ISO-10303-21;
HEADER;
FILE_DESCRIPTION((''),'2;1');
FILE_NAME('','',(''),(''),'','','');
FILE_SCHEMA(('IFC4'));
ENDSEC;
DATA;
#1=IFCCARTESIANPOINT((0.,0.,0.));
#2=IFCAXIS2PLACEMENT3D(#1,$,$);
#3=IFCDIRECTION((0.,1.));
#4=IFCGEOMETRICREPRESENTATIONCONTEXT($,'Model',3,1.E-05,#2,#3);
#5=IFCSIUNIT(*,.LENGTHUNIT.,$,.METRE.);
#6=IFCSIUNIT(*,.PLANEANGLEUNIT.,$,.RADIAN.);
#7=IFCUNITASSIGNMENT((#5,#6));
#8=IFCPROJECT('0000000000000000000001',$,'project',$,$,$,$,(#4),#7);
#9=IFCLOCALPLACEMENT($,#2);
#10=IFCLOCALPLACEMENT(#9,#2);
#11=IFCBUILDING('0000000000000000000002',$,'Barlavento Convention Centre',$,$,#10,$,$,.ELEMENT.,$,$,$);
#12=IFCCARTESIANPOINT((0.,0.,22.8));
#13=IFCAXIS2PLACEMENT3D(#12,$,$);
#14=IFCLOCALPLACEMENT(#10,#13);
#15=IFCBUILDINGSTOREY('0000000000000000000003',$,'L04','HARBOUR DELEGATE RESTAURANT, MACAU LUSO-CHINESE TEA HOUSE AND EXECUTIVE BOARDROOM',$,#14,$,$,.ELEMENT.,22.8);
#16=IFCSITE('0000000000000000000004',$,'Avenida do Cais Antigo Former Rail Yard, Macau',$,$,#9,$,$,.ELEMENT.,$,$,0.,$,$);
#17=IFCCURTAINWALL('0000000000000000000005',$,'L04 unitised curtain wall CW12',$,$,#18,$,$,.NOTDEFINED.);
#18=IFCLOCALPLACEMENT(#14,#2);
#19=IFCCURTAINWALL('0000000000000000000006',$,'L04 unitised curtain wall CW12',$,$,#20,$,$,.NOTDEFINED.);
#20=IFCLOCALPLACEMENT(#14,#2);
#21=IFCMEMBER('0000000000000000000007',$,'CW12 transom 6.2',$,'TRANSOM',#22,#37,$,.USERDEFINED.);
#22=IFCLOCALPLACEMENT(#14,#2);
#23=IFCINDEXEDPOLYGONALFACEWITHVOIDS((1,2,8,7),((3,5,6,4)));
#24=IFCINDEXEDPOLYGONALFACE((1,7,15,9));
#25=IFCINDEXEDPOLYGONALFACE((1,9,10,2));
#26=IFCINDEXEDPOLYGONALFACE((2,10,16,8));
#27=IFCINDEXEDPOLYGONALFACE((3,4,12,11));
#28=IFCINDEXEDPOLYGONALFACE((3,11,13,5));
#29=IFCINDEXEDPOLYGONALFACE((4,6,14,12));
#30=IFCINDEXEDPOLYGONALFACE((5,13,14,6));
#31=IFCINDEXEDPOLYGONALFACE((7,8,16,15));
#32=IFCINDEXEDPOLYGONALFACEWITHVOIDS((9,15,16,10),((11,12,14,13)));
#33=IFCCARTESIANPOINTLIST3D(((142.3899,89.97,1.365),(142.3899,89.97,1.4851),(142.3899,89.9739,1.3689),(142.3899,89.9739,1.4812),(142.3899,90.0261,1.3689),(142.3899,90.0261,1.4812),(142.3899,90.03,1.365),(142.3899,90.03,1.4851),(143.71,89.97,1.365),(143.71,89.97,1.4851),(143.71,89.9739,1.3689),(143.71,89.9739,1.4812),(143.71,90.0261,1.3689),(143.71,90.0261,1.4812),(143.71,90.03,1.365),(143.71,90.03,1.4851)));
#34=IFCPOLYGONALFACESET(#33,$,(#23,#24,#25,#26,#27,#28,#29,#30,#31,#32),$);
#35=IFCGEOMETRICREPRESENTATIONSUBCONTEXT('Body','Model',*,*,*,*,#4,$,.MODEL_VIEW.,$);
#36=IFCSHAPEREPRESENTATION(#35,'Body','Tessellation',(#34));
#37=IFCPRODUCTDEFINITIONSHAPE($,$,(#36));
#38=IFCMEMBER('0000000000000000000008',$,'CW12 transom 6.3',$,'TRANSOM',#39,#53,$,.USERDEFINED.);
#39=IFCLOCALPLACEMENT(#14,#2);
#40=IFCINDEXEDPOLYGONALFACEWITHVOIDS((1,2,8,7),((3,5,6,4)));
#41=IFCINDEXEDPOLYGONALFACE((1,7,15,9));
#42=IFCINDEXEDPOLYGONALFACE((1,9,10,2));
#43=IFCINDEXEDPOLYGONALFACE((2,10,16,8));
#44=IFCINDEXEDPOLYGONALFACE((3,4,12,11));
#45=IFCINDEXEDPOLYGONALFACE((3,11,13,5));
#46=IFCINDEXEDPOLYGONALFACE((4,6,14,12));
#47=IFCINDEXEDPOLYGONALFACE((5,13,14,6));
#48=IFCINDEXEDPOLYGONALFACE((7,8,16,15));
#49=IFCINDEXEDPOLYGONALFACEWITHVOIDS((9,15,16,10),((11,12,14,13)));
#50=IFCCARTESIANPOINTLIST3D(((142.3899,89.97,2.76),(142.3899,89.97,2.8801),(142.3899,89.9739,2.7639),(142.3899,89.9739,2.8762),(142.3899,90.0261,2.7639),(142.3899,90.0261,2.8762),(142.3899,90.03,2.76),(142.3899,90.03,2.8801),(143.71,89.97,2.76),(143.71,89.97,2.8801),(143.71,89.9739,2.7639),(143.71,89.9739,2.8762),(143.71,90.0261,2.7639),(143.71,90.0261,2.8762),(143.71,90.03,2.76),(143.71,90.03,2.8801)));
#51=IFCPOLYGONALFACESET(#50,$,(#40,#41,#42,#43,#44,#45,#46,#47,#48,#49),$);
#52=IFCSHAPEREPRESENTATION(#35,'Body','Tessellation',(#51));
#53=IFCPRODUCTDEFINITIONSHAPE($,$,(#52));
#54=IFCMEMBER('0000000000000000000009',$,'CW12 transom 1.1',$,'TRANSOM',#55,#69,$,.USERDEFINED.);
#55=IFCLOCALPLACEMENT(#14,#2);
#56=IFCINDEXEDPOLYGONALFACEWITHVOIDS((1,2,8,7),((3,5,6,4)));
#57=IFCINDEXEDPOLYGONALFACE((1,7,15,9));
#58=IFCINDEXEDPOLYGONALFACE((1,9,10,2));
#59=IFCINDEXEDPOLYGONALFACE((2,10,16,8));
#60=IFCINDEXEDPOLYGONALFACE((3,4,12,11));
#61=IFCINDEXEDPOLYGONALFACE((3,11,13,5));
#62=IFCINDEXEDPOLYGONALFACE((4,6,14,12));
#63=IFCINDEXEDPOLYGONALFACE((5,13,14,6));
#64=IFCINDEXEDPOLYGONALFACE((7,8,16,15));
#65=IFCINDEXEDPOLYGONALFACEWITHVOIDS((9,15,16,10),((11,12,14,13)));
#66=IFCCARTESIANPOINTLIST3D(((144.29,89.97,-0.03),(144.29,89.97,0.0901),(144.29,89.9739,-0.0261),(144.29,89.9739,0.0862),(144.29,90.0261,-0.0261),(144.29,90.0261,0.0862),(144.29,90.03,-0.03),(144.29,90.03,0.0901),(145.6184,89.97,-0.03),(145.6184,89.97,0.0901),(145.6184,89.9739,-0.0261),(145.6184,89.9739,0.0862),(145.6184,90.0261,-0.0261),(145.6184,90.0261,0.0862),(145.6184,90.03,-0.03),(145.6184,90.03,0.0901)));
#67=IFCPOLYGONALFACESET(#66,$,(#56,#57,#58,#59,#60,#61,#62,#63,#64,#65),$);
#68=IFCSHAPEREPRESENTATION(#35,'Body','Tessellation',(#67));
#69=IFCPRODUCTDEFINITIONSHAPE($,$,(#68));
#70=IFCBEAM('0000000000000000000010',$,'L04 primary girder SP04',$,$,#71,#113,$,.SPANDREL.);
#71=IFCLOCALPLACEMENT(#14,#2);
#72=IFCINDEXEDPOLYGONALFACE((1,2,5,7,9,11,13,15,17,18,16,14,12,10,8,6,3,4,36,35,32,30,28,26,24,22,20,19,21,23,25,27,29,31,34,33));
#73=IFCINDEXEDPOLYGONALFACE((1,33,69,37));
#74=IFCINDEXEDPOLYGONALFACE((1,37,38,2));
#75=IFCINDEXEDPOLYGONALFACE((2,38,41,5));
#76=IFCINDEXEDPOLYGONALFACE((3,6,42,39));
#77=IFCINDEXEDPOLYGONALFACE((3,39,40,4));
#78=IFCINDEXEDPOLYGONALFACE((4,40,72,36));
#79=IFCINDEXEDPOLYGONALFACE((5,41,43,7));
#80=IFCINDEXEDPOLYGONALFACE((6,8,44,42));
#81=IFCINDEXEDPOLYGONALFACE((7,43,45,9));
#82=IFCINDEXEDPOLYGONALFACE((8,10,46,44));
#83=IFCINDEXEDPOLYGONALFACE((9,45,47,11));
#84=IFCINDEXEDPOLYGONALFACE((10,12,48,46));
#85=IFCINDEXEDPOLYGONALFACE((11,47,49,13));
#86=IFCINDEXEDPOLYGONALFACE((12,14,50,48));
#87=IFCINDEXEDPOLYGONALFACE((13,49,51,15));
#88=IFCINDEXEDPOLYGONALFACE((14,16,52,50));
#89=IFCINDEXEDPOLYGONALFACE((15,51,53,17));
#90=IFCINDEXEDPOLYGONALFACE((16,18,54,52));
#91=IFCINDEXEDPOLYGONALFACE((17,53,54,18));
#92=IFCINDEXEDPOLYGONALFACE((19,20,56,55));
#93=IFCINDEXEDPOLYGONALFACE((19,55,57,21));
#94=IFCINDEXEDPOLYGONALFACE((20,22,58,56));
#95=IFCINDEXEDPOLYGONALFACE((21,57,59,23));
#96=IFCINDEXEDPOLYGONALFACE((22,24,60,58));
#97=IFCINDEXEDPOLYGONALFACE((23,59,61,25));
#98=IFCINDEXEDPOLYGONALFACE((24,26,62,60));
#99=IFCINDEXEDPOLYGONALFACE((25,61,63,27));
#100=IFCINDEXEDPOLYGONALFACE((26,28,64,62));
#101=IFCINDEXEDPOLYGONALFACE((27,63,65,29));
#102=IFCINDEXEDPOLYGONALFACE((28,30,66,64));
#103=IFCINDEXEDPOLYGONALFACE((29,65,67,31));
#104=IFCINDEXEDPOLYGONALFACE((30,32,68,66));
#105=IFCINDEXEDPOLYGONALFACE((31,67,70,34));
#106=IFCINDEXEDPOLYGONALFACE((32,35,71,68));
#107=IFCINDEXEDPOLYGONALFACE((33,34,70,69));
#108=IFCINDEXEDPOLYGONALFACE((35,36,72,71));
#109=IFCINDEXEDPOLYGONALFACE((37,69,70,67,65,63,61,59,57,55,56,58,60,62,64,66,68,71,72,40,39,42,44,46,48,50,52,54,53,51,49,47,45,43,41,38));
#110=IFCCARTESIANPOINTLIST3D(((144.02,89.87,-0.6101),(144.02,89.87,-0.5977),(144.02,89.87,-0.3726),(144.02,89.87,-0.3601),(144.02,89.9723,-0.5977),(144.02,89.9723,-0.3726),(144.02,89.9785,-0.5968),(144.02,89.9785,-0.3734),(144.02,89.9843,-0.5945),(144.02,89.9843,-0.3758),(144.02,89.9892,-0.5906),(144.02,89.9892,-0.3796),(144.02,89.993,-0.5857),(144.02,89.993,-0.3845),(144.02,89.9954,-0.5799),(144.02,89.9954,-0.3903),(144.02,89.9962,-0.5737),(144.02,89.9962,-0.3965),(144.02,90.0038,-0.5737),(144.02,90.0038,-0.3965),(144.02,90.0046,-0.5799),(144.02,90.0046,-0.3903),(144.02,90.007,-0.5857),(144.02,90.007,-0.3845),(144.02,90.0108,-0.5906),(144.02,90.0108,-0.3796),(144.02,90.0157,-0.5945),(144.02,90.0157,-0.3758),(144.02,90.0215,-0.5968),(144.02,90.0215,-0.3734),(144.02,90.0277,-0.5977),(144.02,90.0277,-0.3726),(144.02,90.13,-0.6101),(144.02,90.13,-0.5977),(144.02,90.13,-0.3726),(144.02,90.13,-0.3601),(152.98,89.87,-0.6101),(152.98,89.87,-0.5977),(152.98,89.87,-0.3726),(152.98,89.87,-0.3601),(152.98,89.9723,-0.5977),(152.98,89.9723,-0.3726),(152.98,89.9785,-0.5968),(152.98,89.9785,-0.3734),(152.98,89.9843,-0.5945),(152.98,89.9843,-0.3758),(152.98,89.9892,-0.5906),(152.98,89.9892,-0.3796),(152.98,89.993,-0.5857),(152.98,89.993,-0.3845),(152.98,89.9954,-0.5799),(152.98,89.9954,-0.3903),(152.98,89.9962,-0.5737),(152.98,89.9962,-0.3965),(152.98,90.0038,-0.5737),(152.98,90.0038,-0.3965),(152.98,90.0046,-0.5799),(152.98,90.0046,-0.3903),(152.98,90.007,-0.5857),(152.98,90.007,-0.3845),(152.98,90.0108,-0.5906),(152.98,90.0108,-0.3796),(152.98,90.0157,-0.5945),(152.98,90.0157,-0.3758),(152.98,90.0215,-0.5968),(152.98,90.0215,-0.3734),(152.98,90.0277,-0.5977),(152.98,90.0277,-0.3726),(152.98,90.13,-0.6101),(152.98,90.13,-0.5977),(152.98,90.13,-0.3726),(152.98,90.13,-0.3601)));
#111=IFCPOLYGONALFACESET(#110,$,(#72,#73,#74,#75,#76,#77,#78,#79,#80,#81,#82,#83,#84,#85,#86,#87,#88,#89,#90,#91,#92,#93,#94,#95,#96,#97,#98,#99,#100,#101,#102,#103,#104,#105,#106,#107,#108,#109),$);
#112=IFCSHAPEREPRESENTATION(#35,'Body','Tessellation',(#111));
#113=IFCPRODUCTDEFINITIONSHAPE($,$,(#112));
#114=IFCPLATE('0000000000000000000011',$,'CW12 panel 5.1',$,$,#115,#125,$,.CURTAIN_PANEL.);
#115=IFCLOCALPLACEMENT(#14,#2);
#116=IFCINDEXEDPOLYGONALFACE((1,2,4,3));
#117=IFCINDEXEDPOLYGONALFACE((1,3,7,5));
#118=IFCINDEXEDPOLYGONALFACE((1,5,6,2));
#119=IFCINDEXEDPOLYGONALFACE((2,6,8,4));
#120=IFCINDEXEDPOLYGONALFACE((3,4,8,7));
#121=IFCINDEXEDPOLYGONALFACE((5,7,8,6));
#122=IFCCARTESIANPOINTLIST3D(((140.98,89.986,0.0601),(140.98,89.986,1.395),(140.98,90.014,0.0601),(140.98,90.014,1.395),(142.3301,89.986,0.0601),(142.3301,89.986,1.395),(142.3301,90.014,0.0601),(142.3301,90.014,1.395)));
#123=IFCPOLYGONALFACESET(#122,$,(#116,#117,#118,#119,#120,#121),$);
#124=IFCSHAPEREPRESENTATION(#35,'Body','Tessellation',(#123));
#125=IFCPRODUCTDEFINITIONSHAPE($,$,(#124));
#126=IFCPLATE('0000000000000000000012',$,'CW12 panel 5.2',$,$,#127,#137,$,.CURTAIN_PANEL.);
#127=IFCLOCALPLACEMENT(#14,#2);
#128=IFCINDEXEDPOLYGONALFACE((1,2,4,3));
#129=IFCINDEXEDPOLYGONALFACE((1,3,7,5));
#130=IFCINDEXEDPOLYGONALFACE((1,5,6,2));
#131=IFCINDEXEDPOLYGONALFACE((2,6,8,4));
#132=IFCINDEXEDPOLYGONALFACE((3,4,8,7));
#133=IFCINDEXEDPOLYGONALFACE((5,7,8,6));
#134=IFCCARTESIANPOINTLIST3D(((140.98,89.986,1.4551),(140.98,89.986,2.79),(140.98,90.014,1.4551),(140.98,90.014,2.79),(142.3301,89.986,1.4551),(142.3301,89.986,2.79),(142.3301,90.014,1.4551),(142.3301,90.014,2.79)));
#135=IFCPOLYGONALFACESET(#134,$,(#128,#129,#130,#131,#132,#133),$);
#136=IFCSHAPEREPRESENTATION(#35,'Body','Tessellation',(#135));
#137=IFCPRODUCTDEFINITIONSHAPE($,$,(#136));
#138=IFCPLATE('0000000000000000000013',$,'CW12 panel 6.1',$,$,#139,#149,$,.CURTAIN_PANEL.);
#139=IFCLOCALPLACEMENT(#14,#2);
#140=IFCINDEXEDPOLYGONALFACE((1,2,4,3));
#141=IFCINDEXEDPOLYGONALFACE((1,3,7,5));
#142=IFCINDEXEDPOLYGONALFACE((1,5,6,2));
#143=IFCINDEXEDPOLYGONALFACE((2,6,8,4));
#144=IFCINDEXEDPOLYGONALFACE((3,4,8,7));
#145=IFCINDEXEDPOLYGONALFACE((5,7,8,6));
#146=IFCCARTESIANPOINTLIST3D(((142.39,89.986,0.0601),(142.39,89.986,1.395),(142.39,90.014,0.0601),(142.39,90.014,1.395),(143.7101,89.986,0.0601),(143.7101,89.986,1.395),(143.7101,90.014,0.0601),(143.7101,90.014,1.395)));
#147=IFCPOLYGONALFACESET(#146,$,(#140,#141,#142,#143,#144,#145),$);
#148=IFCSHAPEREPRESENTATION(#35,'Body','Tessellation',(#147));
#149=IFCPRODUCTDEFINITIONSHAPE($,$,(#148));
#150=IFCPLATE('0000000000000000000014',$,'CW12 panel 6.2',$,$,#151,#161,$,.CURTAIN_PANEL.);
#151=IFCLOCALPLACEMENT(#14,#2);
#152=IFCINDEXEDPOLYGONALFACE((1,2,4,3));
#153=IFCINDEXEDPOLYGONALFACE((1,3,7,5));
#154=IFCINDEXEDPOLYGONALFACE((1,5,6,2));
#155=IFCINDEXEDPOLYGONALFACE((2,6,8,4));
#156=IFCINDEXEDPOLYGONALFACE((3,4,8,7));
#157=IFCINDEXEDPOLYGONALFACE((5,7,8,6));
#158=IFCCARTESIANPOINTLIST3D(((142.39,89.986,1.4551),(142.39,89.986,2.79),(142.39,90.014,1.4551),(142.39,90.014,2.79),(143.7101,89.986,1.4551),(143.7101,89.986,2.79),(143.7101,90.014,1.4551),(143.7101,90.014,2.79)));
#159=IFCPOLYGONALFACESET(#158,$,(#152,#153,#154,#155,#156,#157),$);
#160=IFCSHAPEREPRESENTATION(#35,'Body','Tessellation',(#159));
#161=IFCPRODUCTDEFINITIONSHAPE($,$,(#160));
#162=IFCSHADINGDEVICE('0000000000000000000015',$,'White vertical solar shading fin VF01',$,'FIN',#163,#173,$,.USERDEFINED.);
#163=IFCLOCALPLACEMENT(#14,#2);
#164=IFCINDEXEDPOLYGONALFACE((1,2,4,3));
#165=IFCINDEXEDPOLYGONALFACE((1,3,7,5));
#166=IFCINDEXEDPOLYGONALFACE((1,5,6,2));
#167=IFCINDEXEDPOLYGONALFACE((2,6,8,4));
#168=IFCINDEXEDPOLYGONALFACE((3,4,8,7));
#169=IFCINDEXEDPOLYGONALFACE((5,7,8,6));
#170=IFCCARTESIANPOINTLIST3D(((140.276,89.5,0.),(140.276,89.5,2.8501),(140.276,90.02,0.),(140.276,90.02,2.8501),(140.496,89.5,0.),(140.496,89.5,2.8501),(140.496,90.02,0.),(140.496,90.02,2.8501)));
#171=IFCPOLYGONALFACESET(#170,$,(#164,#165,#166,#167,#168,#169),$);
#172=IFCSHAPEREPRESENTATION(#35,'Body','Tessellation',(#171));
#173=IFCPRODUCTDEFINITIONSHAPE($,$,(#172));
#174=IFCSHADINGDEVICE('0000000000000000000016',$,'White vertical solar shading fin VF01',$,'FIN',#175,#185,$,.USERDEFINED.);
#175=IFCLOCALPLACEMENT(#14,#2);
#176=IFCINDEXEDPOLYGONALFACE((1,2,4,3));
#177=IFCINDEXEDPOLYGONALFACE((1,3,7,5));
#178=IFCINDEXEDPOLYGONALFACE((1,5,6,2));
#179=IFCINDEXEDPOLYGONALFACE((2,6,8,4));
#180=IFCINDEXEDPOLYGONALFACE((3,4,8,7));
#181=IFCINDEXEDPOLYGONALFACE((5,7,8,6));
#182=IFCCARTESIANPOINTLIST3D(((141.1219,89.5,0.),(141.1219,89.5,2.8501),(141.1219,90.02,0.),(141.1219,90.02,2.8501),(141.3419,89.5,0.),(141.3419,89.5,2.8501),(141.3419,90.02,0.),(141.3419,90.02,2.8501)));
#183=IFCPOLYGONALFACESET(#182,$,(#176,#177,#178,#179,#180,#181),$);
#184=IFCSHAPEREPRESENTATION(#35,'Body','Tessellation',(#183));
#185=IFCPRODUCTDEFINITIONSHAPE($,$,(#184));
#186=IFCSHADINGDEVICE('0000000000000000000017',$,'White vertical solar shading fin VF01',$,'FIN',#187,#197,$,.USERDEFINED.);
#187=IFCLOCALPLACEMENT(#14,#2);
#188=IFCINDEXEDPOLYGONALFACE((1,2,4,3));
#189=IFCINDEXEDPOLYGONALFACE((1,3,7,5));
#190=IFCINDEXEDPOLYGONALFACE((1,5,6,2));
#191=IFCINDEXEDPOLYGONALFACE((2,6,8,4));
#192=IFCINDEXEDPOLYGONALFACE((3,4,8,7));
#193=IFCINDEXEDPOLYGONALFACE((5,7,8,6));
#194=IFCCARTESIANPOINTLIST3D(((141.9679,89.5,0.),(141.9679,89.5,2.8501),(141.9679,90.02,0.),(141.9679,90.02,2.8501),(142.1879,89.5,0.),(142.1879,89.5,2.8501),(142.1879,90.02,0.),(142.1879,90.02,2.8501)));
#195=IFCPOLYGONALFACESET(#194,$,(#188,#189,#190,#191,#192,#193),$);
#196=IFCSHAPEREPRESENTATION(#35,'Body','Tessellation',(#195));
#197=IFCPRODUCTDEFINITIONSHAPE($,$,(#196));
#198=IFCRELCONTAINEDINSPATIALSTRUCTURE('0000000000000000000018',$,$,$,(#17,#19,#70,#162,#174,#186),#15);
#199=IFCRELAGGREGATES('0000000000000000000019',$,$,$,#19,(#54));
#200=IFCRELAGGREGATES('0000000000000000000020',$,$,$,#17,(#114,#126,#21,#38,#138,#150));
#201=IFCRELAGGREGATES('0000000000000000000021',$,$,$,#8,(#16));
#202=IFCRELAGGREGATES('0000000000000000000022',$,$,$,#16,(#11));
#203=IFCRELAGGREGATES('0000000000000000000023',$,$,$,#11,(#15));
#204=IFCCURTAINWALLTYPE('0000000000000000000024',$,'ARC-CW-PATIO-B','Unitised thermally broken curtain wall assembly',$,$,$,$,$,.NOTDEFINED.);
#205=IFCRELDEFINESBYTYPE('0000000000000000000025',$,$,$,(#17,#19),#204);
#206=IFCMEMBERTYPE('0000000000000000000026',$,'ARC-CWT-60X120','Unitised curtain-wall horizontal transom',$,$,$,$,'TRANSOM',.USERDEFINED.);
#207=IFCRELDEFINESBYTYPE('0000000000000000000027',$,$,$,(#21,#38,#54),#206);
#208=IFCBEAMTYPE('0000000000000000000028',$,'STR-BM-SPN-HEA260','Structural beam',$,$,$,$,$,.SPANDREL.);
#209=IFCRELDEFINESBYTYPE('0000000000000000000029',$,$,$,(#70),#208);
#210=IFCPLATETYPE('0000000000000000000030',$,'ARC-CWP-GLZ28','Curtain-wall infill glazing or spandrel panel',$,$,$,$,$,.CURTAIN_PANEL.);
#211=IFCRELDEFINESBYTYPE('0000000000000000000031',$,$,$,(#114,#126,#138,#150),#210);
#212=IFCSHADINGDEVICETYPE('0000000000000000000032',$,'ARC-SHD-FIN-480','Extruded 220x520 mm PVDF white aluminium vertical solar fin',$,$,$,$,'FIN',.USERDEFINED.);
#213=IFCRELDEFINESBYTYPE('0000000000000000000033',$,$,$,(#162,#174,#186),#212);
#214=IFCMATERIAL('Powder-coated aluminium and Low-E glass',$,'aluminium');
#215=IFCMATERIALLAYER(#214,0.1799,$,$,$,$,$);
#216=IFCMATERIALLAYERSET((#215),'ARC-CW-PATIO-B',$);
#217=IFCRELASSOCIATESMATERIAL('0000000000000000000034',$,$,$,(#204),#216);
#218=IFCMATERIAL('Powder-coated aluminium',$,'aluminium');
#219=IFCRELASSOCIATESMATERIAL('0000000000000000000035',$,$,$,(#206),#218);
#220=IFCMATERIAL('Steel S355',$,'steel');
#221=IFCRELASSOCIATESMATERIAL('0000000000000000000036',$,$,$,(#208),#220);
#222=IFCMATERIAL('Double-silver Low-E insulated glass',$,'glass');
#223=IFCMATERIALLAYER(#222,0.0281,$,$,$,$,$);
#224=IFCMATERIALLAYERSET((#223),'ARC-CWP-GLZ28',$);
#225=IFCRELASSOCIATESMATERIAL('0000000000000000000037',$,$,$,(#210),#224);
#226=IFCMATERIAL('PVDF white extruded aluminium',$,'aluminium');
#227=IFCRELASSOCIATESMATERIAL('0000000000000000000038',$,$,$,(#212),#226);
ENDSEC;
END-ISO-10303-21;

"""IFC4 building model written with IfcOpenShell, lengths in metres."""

from ifc_helpers import new_model, si_unit, direction, frame, origin, origin_2d, place, context, subcontext, project, spatial, rectangle, hollow_rectangle, i_section, extrude, material, layer, layer_set, material_profile, profile_set, type_object, element, aggregate, save


model = new_model("IFC4")

# Units and contexts
model_context = context("Model", 3, precision=1e-05, world=origin(), true_north=direction((0.0, 1.0)))
body_context = subcontext(model_context, "Body", "Model", "MODEL_VIEW")
ifc_project = project(units=[si_unit("LENGTHUNIT", "METRE"), si_unit("PLANEANGLEUNIT", "RADIAN")], contexts=[model_context])

# Site, building, storey
site_placement = place(None, origin())
site = spatial("IfcSite", under=ifc_project, at=site_placement, Name="Avenida do Cais Antigo Former Rail Yard, Macau", CompositionType="ELEMENT", RefElevation=0.0)
building_placement = place(site_placement, origin())
building = spatial("IfcBuilding", under=site, at=building_placement, Name="Barlavento Convention Centre", CompositionType="ELEMENT")
storey_placement = place(building_placement, frame((0.0, 0.0, 22.8)))
storey = spatial("IfcBuildingStorey", under=building, at=storey_placement, Name="L04", Description="HARBOUR DELEGATE RESTAURANT, MACAU LUSO-CHINESE TEA HOUSE AND EXECUTIVE BOARDROOM", CompositionType="ELEMENT", Elevation=22.8)

# Shared definitions
ifc_material_1 = material(Name="Steel S355", Category="steel")

# Curtain wall
ifc_material_2 = material(Name="Powder-coated aluminium and Low-E glass", Category="aluminium")
ifc_layer_1 = layer(ifc_material_2, 0.1799)
ifc_layer_set_1 = layer_set([ifc_layer_1], Name="ARC-CW-PATIO-B")
curtain_wall_type = type_object("IfcCurtainWallType", Name="ARC-CW-PATIO-B", Description="Unitised thermally broken curtain wall assembly", PredefinedType="NOTDEFINED", material=ifc_layer_set_1)
curtain_wall_1_placement = place(storey_placement, origin())
curtain_wall_1 = element("IfcCurtainWall", 1, at=curtain_wall_1_placement, inside=storey, type_object=curtain_wall_type, Name="L04 unitised curtain wall CW12", PredefinedType="NOTDEFINED")
ifc_material_3 = material(Name="Powder-coated aluminium", Category="aluminium")

# Curtain wall
curtain_wall_2_placement = place(storey_placement, origin())
curtain_wall_2 = element("IfcCurtainWall", 2, at=curtain_wall_2_placement, inside=storey, type_object=curtain_wall_type, Name="L04 unitised curtain wall CW12", PredefinedType="NOTDEFINED")

# Members
ifc_material_profile_1 = material_profile(ifc_material_3, hollow_rectangle(XDim=0.0601, YDim=0.1201, WallThickness=0.0039, at=origin_2d()), Name="AL-TRAN 60x120x4")
ifc_profile_set_1 = profile_set([ifc_material_profile_1], Name="Powder-coated aluminium")
member_type_1 = type_object("IfcMemberType", Name="ARC-CWT-60X120", Description="Unitised curtain-wall horizontal transom", ElementType="TRANSOM", PredefinedType="USERDEFINED", material=ifc_profile_set_1)
member_1_placement = place(storey_placement, frame((142.3899, 90.0, 1.425), z_axis=(1.0, 0.0, 0.0), x_axis=(0.0, 1.0, 0.0)))
member_1 = element("IfcMember", 3, at=member_1_placement, type_object=member_type_1, Name="CW12 transom 6.2", ObjectType="TRANSOM", PredefinedType="USERDEFINED", context=body_context, shape_type="SweptSolid", body=[
    extrude(hollow_rectangle(XDim=0.0601, YDim=0.1201, WallThickness=0.0039, at=origin_2d()), origin(), (0.0, 0.0, 1.0), 1.3201),
])
member_2_placement = place(storey_placement, frame((142.3899, 90.0, 2.8201), z_axis=(1.0, 0.0, 0.0), x_axis=(0.0, 1.0, 0.0)))
member_2 = element("IfcMember", 4, at=member_2_placement, type_object=member_type_1, Name="CW12 transom 6.3", ObjectType="TRANSOM", PredefinedType="USERDEFINED", context=body_context, shape_type="SweptSolid", body=[
    extrude(hollow_rectangle(XDim=0.0601, YDim=0.1201, WallThickness=0.0039, at=origin_2d()), origin(), (0.0, 0.0, 1.0), 1.3201),
])
member_3_placement = place(storey_placement, frame((144.29, 90.0, 0.03), z_axis=(1.0, 0.0, 0.0), x_axis=(0.0, 1.0, 0.0)))
member_3 = element("IfcMember", 5, at=member_3_placement, type_object=member_type_1, Name="CW12 transom 1.1", ObjectType="TRANSOM", PredefinedType="USERDEFINED", context=body_context, shape_type="SweptSolid", body=[
    extrude(hollow_rectangle(XDim=0.0601, YDim=0.1201, WallThickness=0.0039, at=origin_2d()), origin(), (0.0, 0.0, 1.0), 1.3284),
])
aggregate(curtain_wall_2, [member_3])

# Beam
ifc_material_profile_2 = material_profile(ifc_material_1, i_section(OverallWidth=0.26, OverallDepth=0.25, WebThickness=0.0076, FlangeThickness=0.0125, FilletRadius=0.0239, at=origin_2d()), Name="HEA 260")
ifc_profile_set_2 = profile_set([ifc_material_profile_2], Name="Steel S355")
beam_type = type_object("IfcBeamType", Name="STR-BM-SPN-HEA260", Description="Structural beam", PredefinedType="SPANDREL", material=ifc_profile_set_2)
beam_placement = place(storey_placement, frame((144.02, 90.0, -0.4851), z_axis=(1.0, 0.0, 0.0), x_axis=(0.0, 1.0, 0.0)))
element("IfcBeam", 6, at=beam_placement, inside=storey, type_object=beam_type, Name="L04 primary girder SP04", PredefinedType="SPANDREL", context=body_context, shape_type="SweptSolid", body=[
    extrude(i_section(OverallWidth=0.26, OverallDepth=0.25, WebThickness=0.0076, FlangeThickness=0.0125, FilletRadius=0.0239, at=origin_2d()), origin(), (0.0, 0.0, 1.0), 8.96),
])

# Plates
ifc_material_4 = material(Name="Double-silver Low-E insulated glass", Category="glass")
ifc_layer_2 = layer(ifc_material_4, 0.0281)
ifc_layer_set_2 = layer_set([ifc_layer_2], Name="ARC-CWP-GLZ28")
plate_type = type_object("IfcPlateType", Name="ARC-CWP-GLZ28", Description="Curtain-wall infill glazing or spandrel panel", PredefinedType="CURTAIN_PANEL", material=ifc_layer_set_2)
plate_1_placement = place(storey_placement, frame((141.655, 90.0, 0.0601), z_axis=(0.0, 0.0, 1.0), x_axis=(1.0, 0.0, 0.0)))
plate_1 = element("IfcPlate", 7, at=plate_1_placement, type_object=plate_type, Name="CW12 panel 5.1", PredefinedType="CURTAIN_PANEL", context=body_context, shape_type="SweptSolid", body=[
    extrude(rectangle(XDim=1.3501, YDim=0.0281, at=origin_2d()), origin(), (0.0, 0.0, 1.0), 1.335),
])
plate_2_placement = place(storey_placement, frame((141.655, 90.0, 1.4551), z_axis=(0.0, 0.0, 1.0), x_axis=(1.0, 0.0, 0.0)))
plate_2 = element("IfcPlate", 8, at=plate_2_placement, type_object=plate_type, Name="CW12 panel 5.2", PredefinedType="CURTAIN_PANEL", context=body_context, shape_type="SweptSolid", body=[
    extrude(rectangle(XDim=1.3501, YDim=0.0281, at=origin_2d()), origin(), (0.0, 0.0, 1.0), 1.335),
])
plate_3_placement = place(storey_placement, frame((143.05, 90.0, 0.0601), z_axis=(0.0, 0.0, 1.0), x_axis=(1.0, 0.0, 0.0)))
plate_3 = element("IfcPlate", 9, at=plate_3_placement, type_object=plate_type, Name="CW12 panel 6.1", PredefinedType="CURTAIN_PANEL", context=body_context, shape_type="SweptSolid", body=[
    extrude(rectangle(XDim=1.3201, YDim=0.0281, at=origin_2d()), origin(), (0.0, 0.0, 1.0), 1.335),
])
plate_4_placement = place(storey_placement, frame((143.05, 90.0, 1.4551), z_axis=(0.0, 0.0, 1.0), x_axis=(1.0, 0.0, 0.0)))
plate_4 = element("IfcPlate", 10, at=plate_4_placement, type_object=plate_type, Name="CW12 panel 6.2", PredefinedType="CURTAIN_PANEL", context=body_context, shape_type="SweptSolid", body=[
    extrude(rectangle(XDim=1.3201, YDim=0.0281, at=origin_2d()), origin(), (0.0, 0.0, 1.0), 1.335),
])
aggregate(curtain_wall_1, [plate_1, plate_2, member_1, member_2, plate_3, plate_4])

# Shading devices
ifc_material_5 = material(Name="PVDF white extruded aluminium", Category="aluminium")
shading_device_type = type_object("IfcShadingDeviceType", Name="ARC-SHD-FIN-480", Description="Extruded 220x520 mm PVDF white aluminium vertical solar fin", ElementType="FIN", PredefinedType="USERDEFINED", material=ifc_material_5)
for number, where, z_axis, x_axis, name in (
    (11, (140.386, 89.76, 0.0), (0.0, 0.0, 1.0), (1.0, 0.0, 0.0), "White vertical solar shading fin VF01"),
    (12, (141.2319, 89.76, 0.0), (0.0, 0.0, 1.0), (1.0, 0.0, 0.0), "White vertical solar shading fin VF01"),
    (13, (142.0779, 89.76, 0.0), (0.0, 0.0, 1.0), (1.0, 0.0, 0.0), "White vertical solar shading fin VF01"),
):
    element("IfcShadingDevice", number, at=place(storey_placement, frame(where, z_axis=z_axis, x_axis=x_axis)), inside=storey, type_object=shading_device_type, Name=name, ObjectType="FIN", PredefinedType="USERDEFINED", context=body_context, shape_type="SweptSolid", body=[
        extrude(rectangle(XDim=0.22, YDim=0.52, at=origin_2d()), origin(), (0.0, 0.0, 1.0), 2.8501),
    ])

save(model, "model.ifc")
